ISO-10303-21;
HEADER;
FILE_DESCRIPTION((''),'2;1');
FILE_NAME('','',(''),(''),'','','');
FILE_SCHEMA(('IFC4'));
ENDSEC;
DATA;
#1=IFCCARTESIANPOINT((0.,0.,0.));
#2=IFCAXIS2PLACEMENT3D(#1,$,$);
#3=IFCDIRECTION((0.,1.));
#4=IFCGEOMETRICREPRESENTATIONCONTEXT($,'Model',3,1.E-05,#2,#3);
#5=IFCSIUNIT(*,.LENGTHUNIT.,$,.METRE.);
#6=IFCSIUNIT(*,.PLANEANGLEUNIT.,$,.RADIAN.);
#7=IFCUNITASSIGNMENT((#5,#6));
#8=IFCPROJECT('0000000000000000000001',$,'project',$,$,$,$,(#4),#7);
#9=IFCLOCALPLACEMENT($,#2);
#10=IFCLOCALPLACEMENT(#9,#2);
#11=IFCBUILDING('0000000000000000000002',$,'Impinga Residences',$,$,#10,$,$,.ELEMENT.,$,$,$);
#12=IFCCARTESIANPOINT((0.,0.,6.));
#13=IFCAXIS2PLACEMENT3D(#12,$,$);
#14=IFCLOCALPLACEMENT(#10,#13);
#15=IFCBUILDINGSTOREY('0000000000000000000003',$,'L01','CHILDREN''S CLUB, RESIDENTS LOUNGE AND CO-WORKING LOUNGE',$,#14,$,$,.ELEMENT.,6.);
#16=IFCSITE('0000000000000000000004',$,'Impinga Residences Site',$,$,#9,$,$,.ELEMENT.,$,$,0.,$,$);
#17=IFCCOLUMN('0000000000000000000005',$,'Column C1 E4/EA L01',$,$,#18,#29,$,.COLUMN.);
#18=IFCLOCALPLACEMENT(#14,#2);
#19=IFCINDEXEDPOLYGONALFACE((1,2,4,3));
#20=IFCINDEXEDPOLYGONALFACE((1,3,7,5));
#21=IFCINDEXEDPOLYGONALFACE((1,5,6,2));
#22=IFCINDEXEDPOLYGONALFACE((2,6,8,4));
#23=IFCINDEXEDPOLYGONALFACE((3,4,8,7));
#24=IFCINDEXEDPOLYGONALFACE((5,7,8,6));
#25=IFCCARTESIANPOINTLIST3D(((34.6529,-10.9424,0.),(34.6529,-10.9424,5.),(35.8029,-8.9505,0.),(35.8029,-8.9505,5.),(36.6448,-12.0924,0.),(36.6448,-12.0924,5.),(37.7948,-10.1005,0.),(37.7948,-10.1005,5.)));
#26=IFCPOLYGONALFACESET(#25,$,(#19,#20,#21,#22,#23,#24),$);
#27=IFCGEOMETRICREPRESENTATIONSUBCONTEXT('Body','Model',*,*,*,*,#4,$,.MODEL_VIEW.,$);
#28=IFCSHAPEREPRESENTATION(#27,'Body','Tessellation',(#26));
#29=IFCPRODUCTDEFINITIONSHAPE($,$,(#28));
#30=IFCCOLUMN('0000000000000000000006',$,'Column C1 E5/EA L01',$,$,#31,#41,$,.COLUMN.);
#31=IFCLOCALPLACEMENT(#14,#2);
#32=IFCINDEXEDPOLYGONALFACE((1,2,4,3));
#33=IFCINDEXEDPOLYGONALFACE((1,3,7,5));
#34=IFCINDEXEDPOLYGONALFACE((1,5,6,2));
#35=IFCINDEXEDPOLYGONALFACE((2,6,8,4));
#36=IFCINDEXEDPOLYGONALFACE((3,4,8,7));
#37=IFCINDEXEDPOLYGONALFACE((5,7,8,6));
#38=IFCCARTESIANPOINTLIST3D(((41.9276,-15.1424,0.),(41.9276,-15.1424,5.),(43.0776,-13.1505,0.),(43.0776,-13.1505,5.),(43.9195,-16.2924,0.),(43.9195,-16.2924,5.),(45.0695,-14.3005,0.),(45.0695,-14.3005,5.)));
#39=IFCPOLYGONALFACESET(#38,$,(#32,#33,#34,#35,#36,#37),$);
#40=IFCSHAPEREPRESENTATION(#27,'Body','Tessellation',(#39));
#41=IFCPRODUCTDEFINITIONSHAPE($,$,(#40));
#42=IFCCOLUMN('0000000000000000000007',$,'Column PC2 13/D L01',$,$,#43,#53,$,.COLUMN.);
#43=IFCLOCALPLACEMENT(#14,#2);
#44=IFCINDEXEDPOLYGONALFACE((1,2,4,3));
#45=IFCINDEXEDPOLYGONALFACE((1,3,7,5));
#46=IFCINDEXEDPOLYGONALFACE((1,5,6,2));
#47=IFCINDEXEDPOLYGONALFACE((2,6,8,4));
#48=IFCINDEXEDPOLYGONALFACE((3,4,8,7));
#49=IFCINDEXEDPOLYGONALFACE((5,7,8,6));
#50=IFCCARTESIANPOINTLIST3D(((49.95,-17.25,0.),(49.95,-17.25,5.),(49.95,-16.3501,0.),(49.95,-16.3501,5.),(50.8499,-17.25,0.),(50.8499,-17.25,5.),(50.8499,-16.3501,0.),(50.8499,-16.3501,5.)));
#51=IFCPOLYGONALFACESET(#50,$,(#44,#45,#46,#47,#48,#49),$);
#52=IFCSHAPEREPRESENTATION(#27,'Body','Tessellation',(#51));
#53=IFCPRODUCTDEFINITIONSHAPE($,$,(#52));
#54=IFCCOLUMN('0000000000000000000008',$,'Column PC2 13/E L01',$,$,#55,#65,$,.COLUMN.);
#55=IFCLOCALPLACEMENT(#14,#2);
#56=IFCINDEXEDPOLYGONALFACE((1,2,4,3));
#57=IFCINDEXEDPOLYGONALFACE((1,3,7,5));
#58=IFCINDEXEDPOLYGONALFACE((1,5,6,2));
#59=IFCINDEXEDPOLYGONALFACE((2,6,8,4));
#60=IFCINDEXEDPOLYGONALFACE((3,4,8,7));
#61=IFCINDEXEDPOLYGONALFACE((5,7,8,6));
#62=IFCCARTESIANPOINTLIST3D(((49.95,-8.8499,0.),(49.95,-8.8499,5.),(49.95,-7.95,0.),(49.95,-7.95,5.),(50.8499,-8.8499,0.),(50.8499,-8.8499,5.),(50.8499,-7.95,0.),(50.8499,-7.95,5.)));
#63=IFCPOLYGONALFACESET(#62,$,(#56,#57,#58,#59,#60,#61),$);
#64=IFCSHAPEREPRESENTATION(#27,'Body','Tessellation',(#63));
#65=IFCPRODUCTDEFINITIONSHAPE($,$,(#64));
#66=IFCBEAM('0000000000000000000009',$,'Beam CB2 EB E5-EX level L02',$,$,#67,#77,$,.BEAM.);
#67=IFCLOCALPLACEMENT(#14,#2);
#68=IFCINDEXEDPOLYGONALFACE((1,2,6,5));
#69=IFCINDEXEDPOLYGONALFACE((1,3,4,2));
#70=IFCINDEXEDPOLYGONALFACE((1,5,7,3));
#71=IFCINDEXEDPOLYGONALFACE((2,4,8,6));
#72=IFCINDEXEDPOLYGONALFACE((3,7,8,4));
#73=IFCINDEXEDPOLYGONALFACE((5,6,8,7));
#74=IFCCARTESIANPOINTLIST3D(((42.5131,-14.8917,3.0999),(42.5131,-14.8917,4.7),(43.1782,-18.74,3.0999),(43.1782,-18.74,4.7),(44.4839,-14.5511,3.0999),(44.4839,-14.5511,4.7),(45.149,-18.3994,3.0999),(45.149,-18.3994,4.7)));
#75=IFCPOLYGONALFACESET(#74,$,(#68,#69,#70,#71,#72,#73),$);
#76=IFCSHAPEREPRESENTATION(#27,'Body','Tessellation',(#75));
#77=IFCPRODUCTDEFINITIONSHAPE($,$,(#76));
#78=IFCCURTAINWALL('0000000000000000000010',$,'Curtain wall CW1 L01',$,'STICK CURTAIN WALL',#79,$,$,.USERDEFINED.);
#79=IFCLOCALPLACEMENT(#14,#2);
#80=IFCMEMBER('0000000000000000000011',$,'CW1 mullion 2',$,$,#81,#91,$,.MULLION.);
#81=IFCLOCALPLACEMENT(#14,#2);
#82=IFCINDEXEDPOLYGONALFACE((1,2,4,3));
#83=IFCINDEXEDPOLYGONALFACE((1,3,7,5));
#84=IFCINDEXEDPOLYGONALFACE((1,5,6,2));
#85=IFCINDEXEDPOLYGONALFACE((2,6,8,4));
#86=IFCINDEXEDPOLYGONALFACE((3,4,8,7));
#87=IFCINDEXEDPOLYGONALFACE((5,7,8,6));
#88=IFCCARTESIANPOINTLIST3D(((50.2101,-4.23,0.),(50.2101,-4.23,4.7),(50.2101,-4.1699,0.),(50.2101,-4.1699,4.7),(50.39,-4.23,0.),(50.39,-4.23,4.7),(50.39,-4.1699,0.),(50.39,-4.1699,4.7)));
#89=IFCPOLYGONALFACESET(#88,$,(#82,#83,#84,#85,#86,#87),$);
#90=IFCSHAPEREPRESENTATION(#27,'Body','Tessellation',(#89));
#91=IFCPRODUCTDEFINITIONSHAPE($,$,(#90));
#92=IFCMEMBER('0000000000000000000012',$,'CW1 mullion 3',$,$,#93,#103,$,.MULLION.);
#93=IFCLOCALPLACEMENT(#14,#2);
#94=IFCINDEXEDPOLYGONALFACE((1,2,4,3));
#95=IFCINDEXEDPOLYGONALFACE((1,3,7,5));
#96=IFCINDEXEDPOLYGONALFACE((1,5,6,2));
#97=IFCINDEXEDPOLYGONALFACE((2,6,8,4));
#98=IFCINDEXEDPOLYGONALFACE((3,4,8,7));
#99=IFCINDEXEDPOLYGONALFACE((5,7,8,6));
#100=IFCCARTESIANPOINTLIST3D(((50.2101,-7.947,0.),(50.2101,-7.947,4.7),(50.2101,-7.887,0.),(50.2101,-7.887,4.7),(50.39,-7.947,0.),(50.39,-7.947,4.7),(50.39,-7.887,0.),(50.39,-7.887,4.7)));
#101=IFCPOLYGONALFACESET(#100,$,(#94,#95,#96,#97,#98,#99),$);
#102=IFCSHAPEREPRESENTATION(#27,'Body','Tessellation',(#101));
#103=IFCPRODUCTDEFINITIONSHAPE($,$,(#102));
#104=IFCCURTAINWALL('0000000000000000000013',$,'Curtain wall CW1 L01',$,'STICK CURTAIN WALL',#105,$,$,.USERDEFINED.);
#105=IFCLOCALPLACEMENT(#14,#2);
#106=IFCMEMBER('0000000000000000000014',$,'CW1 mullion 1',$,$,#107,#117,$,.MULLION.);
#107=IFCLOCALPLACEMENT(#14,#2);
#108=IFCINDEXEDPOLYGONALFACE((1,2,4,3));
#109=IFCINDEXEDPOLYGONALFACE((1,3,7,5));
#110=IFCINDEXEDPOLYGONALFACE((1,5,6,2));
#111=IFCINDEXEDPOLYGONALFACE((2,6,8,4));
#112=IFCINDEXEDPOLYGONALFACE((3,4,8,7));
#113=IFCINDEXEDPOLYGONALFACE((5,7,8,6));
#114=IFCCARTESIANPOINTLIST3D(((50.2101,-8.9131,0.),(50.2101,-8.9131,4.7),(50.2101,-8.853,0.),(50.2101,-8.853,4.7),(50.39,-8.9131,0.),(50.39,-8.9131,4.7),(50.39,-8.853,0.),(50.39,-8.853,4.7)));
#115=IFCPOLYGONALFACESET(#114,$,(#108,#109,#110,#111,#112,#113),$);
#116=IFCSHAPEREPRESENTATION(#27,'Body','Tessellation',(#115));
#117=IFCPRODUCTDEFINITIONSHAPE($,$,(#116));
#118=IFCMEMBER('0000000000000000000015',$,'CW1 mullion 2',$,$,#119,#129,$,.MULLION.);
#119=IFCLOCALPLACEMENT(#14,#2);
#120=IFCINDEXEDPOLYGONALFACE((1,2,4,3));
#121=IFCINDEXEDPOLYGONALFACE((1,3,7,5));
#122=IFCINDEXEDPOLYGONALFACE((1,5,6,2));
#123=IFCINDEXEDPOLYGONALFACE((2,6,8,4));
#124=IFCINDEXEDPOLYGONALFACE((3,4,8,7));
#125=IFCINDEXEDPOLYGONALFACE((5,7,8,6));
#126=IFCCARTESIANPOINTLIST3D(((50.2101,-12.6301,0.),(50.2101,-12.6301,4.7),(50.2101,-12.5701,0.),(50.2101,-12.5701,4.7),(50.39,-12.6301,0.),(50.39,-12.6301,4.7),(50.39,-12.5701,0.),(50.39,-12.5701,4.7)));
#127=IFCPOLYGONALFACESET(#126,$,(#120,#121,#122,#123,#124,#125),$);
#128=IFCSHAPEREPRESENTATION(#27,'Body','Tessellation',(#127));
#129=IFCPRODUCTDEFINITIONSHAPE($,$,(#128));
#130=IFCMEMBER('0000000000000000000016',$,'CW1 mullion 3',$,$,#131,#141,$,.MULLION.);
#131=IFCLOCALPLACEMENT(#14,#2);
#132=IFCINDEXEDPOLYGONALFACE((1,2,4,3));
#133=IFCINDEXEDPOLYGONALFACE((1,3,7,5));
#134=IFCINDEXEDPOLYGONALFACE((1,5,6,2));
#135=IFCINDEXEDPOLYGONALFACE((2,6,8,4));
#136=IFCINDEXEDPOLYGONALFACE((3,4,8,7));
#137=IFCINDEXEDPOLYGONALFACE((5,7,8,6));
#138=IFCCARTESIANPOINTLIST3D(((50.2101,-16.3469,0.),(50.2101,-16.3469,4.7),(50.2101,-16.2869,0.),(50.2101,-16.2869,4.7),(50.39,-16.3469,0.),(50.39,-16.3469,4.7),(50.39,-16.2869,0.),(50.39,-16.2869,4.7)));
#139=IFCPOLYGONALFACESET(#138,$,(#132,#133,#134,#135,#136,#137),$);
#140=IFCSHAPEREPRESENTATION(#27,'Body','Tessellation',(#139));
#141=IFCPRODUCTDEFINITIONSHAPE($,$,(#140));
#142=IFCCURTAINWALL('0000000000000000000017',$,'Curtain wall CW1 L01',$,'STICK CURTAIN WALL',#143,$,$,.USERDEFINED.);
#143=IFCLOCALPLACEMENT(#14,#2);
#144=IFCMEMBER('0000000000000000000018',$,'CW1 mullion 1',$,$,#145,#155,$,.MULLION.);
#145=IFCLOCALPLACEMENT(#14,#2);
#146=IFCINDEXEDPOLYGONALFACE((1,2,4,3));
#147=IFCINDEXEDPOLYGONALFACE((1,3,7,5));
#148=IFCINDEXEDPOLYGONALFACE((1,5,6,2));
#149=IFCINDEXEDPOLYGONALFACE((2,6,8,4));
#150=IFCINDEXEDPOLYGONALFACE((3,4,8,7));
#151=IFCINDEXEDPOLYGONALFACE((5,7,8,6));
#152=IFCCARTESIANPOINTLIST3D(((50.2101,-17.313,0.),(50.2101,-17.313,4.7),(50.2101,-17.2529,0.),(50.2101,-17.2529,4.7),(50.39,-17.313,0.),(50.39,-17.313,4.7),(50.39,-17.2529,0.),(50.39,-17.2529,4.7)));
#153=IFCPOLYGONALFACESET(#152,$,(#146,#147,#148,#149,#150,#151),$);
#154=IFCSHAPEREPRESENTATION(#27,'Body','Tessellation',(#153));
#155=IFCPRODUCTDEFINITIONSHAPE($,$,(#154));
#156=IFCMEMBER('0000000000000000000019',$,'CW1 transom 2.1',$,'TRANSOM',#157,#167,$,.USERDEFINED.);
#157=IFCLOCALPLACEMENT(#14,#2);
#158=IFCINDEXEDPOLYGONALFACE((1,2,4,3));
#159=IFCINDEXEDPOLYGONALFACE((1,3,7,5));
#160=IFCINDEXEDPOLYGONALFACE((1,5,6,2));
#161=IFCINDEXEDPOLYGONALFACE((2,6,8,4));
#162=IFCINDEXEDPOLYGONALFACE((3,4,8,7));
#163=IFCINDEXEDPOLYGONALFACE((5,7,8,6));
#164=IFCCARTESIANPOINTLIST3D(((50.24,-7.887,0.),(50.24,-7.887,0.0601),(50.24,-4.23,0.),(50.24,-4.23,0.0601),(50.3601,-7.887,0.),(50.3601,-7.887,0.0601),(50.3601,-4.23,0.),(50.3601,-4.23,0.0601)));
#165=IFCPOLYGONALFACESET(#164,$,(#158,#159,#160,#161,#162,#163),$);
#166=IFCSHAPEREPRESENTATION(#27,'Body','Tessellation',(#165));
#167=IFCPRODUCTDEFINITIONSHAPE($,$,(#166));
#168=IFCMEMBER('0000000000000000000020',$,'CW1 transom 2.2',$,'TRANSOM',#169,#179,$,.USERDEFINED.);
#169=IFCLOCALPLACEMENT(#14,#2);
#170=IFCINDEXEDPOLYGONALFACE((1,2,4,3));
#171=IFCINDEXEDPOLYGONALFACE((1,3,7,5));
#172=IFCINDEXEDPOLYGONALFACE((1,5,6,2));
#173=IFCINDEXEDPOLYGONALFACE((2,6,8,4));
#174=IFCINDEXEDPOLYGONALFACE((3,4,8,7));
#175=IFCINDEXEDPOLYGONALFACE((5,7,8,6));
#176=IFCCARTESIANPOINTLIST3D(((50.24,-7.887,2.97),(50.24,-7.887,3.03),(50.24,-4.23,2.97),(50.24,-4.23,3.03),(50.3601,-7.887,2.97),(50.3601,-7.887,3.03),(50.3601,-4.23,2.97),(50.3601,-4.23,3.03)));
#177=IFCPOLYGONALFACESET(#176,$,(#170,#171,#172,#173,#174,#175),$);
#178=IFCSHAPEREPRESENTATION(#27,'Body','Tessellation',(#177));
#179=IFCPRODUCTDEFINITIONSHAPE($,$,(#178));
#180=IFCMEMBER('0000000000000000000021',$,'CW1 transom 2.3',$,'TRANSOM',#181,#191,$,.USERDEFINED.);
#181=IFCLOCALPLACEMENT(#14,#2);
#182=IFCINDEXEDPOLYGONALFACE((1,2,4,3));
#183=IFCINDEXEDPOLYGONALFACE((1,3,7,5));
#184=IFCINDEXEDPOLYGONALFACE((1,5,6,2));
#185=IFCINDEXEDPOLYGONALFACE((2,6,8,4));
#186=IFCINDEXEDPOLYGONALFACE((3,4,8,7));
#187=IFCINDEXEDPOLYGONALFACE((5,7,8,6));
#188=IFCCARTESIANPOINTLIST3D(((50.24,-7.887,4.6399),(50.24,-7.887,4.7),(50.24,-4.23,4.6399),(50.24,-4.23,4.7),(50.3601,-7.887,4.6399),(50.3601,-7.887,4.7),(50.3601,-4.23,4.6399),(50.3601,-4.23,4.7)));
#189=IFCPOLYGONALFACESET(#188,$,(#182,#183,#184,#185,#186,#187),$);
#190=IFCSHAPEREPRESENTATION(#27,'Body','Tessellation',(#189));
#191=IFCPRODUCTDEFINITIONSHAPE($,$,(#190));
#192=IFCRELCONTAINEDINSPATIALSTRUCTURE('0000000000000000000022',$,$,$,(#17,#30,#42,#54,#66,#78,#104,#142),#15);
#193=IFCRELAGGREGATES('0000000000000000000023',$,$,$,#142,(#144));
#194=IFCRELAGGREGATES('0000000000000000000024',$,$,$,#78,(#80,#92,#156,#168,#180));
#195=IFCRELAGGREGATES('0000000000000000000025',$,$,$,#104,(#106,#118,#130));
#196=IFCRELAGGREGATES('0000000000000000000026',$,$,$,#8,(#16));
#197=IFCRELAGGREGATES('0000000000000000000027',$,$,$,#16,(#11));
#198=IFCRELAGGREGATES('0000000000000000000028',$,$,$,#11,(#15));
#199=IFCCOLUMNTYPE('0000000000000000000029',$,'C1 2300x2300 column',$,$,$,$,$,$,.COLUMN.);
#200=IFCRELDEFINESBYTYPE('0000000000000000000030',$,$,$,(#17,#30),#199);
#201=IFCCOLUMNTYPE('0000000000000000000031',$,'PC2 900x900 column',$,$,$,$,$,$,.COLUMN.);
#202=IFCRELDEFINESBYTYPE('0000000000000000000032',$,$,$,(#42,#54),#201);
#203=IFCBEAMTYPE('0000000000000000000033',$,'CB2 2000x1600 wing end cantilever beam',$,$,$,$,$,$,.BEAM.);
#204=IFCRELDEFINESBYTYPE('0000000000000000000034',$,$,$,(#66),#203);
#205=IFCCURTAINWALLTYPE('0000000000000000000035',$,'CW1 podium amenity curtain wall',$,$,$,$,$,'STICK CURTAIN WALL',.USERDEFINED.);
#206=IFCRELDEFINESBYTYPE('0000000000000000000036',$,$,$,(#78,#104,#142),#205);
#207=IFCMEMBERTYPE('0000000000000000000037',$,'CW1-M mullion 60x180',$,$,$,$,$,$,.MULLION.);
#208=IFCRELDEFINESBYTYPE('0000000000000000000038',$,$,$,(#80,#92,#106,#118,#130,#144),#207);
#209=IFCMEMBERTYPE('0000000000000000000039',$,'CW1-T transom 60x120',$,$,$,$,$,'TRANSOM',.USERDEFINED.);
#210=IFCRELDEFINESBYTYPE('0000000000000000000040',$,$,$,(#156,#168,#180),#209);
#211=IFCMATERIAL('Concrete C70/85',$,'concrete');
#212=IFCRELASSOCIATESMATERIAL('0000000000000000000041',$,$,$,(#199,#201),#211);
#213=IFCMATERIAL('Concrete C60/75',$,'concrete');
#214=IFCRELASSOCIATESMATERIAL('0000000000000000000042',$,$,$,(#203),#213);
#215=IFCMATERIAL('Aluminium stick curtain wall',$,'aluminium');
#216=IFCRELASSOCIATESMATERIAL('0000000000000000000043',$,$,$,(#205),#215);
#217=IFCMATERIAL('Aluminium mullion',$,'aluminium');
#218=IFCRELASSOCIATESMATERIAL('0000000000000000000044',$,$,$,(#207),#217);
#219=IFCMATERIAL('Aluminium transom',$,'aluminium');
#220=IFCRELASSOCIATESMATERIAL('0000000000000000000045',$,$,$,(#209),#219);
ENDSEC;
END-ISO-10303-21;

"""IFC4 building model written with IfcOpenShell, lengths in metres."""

from ifc_helpers import new_model, si_unit, direction, frame, origin, origin_2d, place, context, subcontext, project, spatial, rectangle, extrude, material, material_profile, profile_set, type_object, element, aggregate, save


model = new_model("IFC4")

# Units and contexts
model_context = context("Model", 3, precision=1e-05, world=origin(), true_north=direction((0.0, 1.0)))
body_context = subcontext(model_context, "Body", "Model", "MODEL_VIEW")
ifc_project = project(units=[si_unit("LENGTHUNIT", "METRE"), si_unit("PLANEANGLEUNIT", "RADIAN")], contexts=[model_context])

# Site, building, storey
site_placement = place(None, origin())
site = spatial("IfcSite", under=ifc_project, at=site_placement, Name="Impinga Residences Site", CompositionType="ELEMENT", RefElevation=0.0)
building_placement = place(site_placement, origin())
building = spatial("IfcBuilding", under=site, at=building_placement, Name="Impinga Residences", CompositionType="ELEMENT")
storey_placement = place(building_placement, frame((0.0, 0.0, 6.0)))
storey = spatial("IfcBuildingStorey", under=building, at=storey_placement, Name="L01", Description="CHILDREN'S CLUB, RESIDENTS LOUNGE AND CO-WORKING LOUNGE", CompositionType="ELEMENT", Elevation=6.0)

# Columns
ifc_material_1 = material(Name="Concrete C70/85", Category="concrete")
ifc_material_profile_1 = material_profile(ifc_material_1, rectangle(XDim=2.3, YDim=2.3, at=origin_2d()), Name="RC 2300x2300")
ifc_profile_set_1 = profile_set([ifc_material_profile_1], Name="Concrete C70/85")
column_type_1 = type_object("IfcColumnType", Name="C1 2300x2300 column", PredefinedType="COLUMN", material=ifc_profile_set_1)
for number, where, z_axis, x_axis, name in (
    (1, (36.2239, -10.5215, 0.0), (0.0, 0.0, 1.0), (-0.5, -0.866025, 0.0), "Column C1 E4/EA L01"),
    (2, (43.4985, -14.7214, 0.0), (0.0, 0.0, 1.0), (-0.5, -0.866025, 0.0), "Column C1 E5/EA L01"),
):
    element("IfcColumn", number, at=place(storey_placement, frame(where, z_axis=z_axis, x_axis=x_axis)), inside=storey, type_object=column_type_1, Name=name, PredefinedType="COLUMN", context=body_context, shape_type="SweptSolid", body=[
        extrude(rectangle(XDim=2.3, YDim=2.3, at=origin_2d()), origin(), (0.0, 0.0, 1.0), 5.0),
    ])
ifc_material_profile_2 = material_profile(ifc_material_1, rectangle(XDim=0.8999, YDim=0.8999, at=origin_2d()), Name="RC 900x900")
ifc_profile_set_2 = profile_set([ifc_material_profile_2], Name="Concrete C70/85")
column_type_2 = type_object("IfcColumnType", Name="PC2 900x900 column", PredefinedType="COLUMN", material=ifc_profile_set_2)
for number, where, z_axis, x_axis, name in (
    (3, (50.3999, -16.8, 0.0), (0.0, 0.0, 1.0), (1.0, 0.0, 0.0), "Column PC2 13/D L01"),
    (4, (50.3999, -8.3999, 0.0), (0.0, 0.0, 1.0), (1.0, 0.0, 0.0), "Column PC2 13/E L01"),
):
    element("IfcColumn", number, at=place(storey_placement, frame(where, z_axis=z_axis, x_axis=x_axis)), inside=storey, type_object=column_type_2, Name=name, PredefinedType="COLUMN", context=body_context, shape_type="SweptSolid", body=[
        extrude(rectangle(XDim=0.8999, YDim=0.8999, at=origin_2d()), origin(), (0.0, 0.0, 1.0), 5.0),
    ])

# Beam
ifc_material_2 = material(Name="Concrete C60/75", Category="concrete")
ifc_material_profile_3 = material_profile(ifc_material_2, rectangle(XDim=2.0, YDim=1.6001, at=origin_2d()), Name="RC 2000x1600")
ifc_profile_set_3 = profile_set([ifc_material_profile_3], Name="Concrete C60/75")
beam_type_1 = type_object("IfcBeamType", Name="CB2 2000x1600 wing end cantilever beam", PredefinedType="BEAM", material=ifc_profile_set_3)
beam_1_placement = place(storey_placement, frame((43.4985, -14.7214, 3.8999), z_axis=(0.170296, -0.985393, 0.0), x_axis=(0.985393, 0.170296, 0.0)))
element("IfcBeam", 5, at=beam_1_placement, inside=storey, type_object=beam_type_1, Name="Beam CB2 EB E5-EX level L02", PredefinedType="BEAM", context=body_context, shape_type="SweptSolid", body=[
    extrude(rectangle(XDim=2.0, YDim=1.6001, at=origin_2d()), origin(), (0.0, 0.0, 1.0), 3.9053),
])

# Curtain walls, members
ifc_material_3 = material(Name="Aluminium stick curtain wall", Category="aluminium")
curtain_wall_type = type_object("IfcCurtainWallType", Name="CW1 podium amenity curtain wall", ElementType="STICK CURTAIN WALL", PredefinedType="USERDEFINED", material=ifc_material_3)
curtain_wall_1_placement = place(storey_placement, origin())
curtain_wall_1 = element("IfcCurtainWall", 6, at=curtain_wall_1_placement, inside=storey, type_object=curtain_wall_type, Name="Curtain wall CW1 L01", ObjectType="STICK CURTAIN WALL", PredefinedType="USERDEFINED")
ifc_material_4 = material(Name="Aluminium mullion", Category="aluminium")
ifc_material_profile_4 = material_profile(ifc_material_4, rectangle(XDim=0.0601, YDim=0.1799, at=origin_2d()), Name="60x180 mullion")
ifc_profile_set_4 = profile_set([ifc_material_profile_4], Name="Aluminium mullion")
member_type_1 = type_object("IfcMemberType", Name="CW1-M mullion 60x180", PredefinedType="MULLION", material=ifc_profile_set_4)
member_1_placement = place(storey_placement, frame((50.3, -4.2, 0.0), z_axis=(0.0, 0.0, 1.0), x_axis=(0.0, -1.0, 0.0)))
member_1 = element("IfcMember", 7, at=member_1_placement, type_object=member_type_1, Name="CW1 mullion 2", PredefinedType="MULLION", context=body_context, shape_type="SweptSolid", body=[
    extrude(rectangle(XDim=0.0601, YDim=0.1799, at=origin_2d()), origin(), (0.0, 0.0, 1.0), 4.7),
])
member_2_placement = place(storey_placement, frame((50.3, -7.917, 0.0), z_axis=(0.0, 0.0, 1.0), x_axis=(0.0, -1.0, 0.0)))
member_2 = element("IfcMember", 8, at=member_2_placement, type_object=member_type_1, Name="CW1 mullion 3", PredefinedType="MULLION", context=body_context, shape_type="SweptSolid", body=[
    extrude(rectangle(XDim=0.0601, YDim=0.1799, at=origin_2d()), origin(), (0.0, 0.0, 1.0), 4.7),
])
curtain_wall_2_placement = place(storey_placement, origin())
curtain_wall_2 = element("IfcCurtainWall", 9, at=curtain_wall_2_placement, inside=storey, type_object=curtain_wall_type, Name="Curtain wall CW1 L01", ObjectType="STICK CURTAIN WALL", PredefinedType="USERDEFINED")
member_3_placement = place(storey_placement, frame((50.3, -8.8831, 0.0), z_axis=(0.0, 0.0, 1.0), x_axis=(0.0, -1.0, 0.0)))
member_3 = element("IfcMember", 10, at=member_3_placement, type_object=member_type_1, Name="CW1 mullion 1", PredefinedType="MULLION", context=body_context, shape_type="SweptSolid", body=[
    extrude(rectangle(XDim=0.0601, YDim=0.1799, at=origin_2d()), origin(), (0.0, 0.0, 1.0), 4.7),
])
member_4_placement = place(storey_placement, frame((50.3, -12.6001, 0.0), z_axis=(0.0, 0.0, 1.0), x_axis=(0.0, -1.0, 0.0)))
member_4 = element("IfcMember", 11, at=member_4_placement, type_object=member_type_1, Name="CW1 mullion 2", PredefinedType="MULLION", context=body_context, shape_type="SweptSolid", body=[
    extrude(rectangle(XDim=0.0601, YDim=0.1799, at=origin_2d()), origin(), (0.0, 0.0, 1.0), 4.7),
])
member_5_placement = place(storey_placement, frame((50.3, -16.3169, 0.0), z_axis=(0.0, 0.0, 1.0), x_axis=(0.0, -1.0, 0.0)))
member_5 = element("IfcMember", 12, at=member_5_placement, type_object=member_type_1, Name="CW1 mullion 3", PredefinedType="MULLION", context=body_context, shape_type="SweptSolid", body=[
    extrude(rectangle(XDim=0.0601, YDim=0.1799, at=origin_2d()), origin(), (0.0, 0.0, 1.0), 4.7),
])

# Curtain wall, member
curtain_wall_3_placement = place(storey_placement, origin())
curtain_wall_3 = element("IfcCurtainWall", 13, at=curtain_wall_3_placement, inside=storey, type_object=curtain_wall_type, Name="Curtain wall CW1 L01", ObjectType="STICK CURTAIN WALL", PredefinedType="USERDEFINED")
member_6_placement = place(storey_placement, frame((50.3, -17.283, 0.0), z_axis=(0.0, 0.0, 1.0), x_axis=(0.0, -1.0, 0.0)))
member_6 = element("IfcMember", 14, at=member_6_placement, type_object=member_type_1, Name="CW1 mullion 1", PredefinedType="MULLION", context=body_context, shape_type="SweptSolid", body=[
    extrude(rectangle(XDim=0.0601, YDim=0.1799, at=origin_2d()), origin(), (0.0, 0.0, 1.0), 4.7),
])

# Members
ifc_material_5 = material(Name="Aluminium transom", Category="aluminium")
ifc_material_profile_5 = material_profile(ifc_material_5, rectangle(XDim=0.0601, YDim=0.1201, at=origin_2d()), Name="60x120 transom")
ifc_profile_set_5 = profile_set([ifc_material_profile_5], Name="Aluminium transom")
member_type_2 = type_object("IfcMemberType", Name="CW1-T transom 60x120", ElementType="TRANSOM", PredefinedType="USERDEFINED", material=ifc_profile_set_5)
member_7_placement = place(storey_placement, frame((50.3, -4.23, 0.03), z_axis=(0.0, -1.0, 0.0), x_axis=(0.0, 0.0, 1.0)))
member_7 = element("IfcMember", 15, at=member_7_placement, type_object=member_type_2, Name="CW1 transom 2.1", ObjectType="TRANSOM", PredefinedType="USERDEFINED", context=body_context, shape_type="SweptSolid", body=[
    extrude(rectangle(XDim=0.0601, YDim=0.1201, at=origin_2d()), origin(), (0.0, 0.0, 1.0), 3.657),
])
member_8_placement = place(storey_placement, frame((50.3, -4.23, 3.0), z_axis=(0.0, -1.0, 0.0), x_axis=(0.0, 0.0, 1.0)))
member_8 = element("IfcMember", 16, at=member_8_placement, type_object=member_type_2, Name="CW1 transom 2.2", ObjectType="TRANSOM", PredefinedType="USERDEFINED", context=body_context, shape_type="SweptSolid", body=[
    extrude(rectangle(XDim=0.0601, YDim=0.1201, at=origin_2d()), origin(), (0.0, 0.0, 1.0), 3.657),
])
member_9_placement = place(storey_placement, frame((50.3, -4.23, 4.6699), z_axis=(0.0, -1.0, 0.0), x_axis=(0.0, 0.0, 1.0)))
member_9 = element("IfcMember", 17, at=member_9_placement, type_object=member_type_2, Name="CW1 transom 2.3", ObjectType="TRANSOM", PredefinedType="USERDEFINED", context=body_context, shape_type="SweptSolid", body=[
    extrude(rectangle(XDim=0.0601, YDim=0.1201, at=origin_2d()), origin(), (0.0, 0.0, 1.0), 3.657),
])
aggregate(curtain_wall_3, [member_6])

aggregate(curtain_wall_1, [member_1, member_2, member_7, member_8, member_9])
aggregate(curtain_wall_2, [member_3, member_4, member_5])

save(model, "model.ifc")
